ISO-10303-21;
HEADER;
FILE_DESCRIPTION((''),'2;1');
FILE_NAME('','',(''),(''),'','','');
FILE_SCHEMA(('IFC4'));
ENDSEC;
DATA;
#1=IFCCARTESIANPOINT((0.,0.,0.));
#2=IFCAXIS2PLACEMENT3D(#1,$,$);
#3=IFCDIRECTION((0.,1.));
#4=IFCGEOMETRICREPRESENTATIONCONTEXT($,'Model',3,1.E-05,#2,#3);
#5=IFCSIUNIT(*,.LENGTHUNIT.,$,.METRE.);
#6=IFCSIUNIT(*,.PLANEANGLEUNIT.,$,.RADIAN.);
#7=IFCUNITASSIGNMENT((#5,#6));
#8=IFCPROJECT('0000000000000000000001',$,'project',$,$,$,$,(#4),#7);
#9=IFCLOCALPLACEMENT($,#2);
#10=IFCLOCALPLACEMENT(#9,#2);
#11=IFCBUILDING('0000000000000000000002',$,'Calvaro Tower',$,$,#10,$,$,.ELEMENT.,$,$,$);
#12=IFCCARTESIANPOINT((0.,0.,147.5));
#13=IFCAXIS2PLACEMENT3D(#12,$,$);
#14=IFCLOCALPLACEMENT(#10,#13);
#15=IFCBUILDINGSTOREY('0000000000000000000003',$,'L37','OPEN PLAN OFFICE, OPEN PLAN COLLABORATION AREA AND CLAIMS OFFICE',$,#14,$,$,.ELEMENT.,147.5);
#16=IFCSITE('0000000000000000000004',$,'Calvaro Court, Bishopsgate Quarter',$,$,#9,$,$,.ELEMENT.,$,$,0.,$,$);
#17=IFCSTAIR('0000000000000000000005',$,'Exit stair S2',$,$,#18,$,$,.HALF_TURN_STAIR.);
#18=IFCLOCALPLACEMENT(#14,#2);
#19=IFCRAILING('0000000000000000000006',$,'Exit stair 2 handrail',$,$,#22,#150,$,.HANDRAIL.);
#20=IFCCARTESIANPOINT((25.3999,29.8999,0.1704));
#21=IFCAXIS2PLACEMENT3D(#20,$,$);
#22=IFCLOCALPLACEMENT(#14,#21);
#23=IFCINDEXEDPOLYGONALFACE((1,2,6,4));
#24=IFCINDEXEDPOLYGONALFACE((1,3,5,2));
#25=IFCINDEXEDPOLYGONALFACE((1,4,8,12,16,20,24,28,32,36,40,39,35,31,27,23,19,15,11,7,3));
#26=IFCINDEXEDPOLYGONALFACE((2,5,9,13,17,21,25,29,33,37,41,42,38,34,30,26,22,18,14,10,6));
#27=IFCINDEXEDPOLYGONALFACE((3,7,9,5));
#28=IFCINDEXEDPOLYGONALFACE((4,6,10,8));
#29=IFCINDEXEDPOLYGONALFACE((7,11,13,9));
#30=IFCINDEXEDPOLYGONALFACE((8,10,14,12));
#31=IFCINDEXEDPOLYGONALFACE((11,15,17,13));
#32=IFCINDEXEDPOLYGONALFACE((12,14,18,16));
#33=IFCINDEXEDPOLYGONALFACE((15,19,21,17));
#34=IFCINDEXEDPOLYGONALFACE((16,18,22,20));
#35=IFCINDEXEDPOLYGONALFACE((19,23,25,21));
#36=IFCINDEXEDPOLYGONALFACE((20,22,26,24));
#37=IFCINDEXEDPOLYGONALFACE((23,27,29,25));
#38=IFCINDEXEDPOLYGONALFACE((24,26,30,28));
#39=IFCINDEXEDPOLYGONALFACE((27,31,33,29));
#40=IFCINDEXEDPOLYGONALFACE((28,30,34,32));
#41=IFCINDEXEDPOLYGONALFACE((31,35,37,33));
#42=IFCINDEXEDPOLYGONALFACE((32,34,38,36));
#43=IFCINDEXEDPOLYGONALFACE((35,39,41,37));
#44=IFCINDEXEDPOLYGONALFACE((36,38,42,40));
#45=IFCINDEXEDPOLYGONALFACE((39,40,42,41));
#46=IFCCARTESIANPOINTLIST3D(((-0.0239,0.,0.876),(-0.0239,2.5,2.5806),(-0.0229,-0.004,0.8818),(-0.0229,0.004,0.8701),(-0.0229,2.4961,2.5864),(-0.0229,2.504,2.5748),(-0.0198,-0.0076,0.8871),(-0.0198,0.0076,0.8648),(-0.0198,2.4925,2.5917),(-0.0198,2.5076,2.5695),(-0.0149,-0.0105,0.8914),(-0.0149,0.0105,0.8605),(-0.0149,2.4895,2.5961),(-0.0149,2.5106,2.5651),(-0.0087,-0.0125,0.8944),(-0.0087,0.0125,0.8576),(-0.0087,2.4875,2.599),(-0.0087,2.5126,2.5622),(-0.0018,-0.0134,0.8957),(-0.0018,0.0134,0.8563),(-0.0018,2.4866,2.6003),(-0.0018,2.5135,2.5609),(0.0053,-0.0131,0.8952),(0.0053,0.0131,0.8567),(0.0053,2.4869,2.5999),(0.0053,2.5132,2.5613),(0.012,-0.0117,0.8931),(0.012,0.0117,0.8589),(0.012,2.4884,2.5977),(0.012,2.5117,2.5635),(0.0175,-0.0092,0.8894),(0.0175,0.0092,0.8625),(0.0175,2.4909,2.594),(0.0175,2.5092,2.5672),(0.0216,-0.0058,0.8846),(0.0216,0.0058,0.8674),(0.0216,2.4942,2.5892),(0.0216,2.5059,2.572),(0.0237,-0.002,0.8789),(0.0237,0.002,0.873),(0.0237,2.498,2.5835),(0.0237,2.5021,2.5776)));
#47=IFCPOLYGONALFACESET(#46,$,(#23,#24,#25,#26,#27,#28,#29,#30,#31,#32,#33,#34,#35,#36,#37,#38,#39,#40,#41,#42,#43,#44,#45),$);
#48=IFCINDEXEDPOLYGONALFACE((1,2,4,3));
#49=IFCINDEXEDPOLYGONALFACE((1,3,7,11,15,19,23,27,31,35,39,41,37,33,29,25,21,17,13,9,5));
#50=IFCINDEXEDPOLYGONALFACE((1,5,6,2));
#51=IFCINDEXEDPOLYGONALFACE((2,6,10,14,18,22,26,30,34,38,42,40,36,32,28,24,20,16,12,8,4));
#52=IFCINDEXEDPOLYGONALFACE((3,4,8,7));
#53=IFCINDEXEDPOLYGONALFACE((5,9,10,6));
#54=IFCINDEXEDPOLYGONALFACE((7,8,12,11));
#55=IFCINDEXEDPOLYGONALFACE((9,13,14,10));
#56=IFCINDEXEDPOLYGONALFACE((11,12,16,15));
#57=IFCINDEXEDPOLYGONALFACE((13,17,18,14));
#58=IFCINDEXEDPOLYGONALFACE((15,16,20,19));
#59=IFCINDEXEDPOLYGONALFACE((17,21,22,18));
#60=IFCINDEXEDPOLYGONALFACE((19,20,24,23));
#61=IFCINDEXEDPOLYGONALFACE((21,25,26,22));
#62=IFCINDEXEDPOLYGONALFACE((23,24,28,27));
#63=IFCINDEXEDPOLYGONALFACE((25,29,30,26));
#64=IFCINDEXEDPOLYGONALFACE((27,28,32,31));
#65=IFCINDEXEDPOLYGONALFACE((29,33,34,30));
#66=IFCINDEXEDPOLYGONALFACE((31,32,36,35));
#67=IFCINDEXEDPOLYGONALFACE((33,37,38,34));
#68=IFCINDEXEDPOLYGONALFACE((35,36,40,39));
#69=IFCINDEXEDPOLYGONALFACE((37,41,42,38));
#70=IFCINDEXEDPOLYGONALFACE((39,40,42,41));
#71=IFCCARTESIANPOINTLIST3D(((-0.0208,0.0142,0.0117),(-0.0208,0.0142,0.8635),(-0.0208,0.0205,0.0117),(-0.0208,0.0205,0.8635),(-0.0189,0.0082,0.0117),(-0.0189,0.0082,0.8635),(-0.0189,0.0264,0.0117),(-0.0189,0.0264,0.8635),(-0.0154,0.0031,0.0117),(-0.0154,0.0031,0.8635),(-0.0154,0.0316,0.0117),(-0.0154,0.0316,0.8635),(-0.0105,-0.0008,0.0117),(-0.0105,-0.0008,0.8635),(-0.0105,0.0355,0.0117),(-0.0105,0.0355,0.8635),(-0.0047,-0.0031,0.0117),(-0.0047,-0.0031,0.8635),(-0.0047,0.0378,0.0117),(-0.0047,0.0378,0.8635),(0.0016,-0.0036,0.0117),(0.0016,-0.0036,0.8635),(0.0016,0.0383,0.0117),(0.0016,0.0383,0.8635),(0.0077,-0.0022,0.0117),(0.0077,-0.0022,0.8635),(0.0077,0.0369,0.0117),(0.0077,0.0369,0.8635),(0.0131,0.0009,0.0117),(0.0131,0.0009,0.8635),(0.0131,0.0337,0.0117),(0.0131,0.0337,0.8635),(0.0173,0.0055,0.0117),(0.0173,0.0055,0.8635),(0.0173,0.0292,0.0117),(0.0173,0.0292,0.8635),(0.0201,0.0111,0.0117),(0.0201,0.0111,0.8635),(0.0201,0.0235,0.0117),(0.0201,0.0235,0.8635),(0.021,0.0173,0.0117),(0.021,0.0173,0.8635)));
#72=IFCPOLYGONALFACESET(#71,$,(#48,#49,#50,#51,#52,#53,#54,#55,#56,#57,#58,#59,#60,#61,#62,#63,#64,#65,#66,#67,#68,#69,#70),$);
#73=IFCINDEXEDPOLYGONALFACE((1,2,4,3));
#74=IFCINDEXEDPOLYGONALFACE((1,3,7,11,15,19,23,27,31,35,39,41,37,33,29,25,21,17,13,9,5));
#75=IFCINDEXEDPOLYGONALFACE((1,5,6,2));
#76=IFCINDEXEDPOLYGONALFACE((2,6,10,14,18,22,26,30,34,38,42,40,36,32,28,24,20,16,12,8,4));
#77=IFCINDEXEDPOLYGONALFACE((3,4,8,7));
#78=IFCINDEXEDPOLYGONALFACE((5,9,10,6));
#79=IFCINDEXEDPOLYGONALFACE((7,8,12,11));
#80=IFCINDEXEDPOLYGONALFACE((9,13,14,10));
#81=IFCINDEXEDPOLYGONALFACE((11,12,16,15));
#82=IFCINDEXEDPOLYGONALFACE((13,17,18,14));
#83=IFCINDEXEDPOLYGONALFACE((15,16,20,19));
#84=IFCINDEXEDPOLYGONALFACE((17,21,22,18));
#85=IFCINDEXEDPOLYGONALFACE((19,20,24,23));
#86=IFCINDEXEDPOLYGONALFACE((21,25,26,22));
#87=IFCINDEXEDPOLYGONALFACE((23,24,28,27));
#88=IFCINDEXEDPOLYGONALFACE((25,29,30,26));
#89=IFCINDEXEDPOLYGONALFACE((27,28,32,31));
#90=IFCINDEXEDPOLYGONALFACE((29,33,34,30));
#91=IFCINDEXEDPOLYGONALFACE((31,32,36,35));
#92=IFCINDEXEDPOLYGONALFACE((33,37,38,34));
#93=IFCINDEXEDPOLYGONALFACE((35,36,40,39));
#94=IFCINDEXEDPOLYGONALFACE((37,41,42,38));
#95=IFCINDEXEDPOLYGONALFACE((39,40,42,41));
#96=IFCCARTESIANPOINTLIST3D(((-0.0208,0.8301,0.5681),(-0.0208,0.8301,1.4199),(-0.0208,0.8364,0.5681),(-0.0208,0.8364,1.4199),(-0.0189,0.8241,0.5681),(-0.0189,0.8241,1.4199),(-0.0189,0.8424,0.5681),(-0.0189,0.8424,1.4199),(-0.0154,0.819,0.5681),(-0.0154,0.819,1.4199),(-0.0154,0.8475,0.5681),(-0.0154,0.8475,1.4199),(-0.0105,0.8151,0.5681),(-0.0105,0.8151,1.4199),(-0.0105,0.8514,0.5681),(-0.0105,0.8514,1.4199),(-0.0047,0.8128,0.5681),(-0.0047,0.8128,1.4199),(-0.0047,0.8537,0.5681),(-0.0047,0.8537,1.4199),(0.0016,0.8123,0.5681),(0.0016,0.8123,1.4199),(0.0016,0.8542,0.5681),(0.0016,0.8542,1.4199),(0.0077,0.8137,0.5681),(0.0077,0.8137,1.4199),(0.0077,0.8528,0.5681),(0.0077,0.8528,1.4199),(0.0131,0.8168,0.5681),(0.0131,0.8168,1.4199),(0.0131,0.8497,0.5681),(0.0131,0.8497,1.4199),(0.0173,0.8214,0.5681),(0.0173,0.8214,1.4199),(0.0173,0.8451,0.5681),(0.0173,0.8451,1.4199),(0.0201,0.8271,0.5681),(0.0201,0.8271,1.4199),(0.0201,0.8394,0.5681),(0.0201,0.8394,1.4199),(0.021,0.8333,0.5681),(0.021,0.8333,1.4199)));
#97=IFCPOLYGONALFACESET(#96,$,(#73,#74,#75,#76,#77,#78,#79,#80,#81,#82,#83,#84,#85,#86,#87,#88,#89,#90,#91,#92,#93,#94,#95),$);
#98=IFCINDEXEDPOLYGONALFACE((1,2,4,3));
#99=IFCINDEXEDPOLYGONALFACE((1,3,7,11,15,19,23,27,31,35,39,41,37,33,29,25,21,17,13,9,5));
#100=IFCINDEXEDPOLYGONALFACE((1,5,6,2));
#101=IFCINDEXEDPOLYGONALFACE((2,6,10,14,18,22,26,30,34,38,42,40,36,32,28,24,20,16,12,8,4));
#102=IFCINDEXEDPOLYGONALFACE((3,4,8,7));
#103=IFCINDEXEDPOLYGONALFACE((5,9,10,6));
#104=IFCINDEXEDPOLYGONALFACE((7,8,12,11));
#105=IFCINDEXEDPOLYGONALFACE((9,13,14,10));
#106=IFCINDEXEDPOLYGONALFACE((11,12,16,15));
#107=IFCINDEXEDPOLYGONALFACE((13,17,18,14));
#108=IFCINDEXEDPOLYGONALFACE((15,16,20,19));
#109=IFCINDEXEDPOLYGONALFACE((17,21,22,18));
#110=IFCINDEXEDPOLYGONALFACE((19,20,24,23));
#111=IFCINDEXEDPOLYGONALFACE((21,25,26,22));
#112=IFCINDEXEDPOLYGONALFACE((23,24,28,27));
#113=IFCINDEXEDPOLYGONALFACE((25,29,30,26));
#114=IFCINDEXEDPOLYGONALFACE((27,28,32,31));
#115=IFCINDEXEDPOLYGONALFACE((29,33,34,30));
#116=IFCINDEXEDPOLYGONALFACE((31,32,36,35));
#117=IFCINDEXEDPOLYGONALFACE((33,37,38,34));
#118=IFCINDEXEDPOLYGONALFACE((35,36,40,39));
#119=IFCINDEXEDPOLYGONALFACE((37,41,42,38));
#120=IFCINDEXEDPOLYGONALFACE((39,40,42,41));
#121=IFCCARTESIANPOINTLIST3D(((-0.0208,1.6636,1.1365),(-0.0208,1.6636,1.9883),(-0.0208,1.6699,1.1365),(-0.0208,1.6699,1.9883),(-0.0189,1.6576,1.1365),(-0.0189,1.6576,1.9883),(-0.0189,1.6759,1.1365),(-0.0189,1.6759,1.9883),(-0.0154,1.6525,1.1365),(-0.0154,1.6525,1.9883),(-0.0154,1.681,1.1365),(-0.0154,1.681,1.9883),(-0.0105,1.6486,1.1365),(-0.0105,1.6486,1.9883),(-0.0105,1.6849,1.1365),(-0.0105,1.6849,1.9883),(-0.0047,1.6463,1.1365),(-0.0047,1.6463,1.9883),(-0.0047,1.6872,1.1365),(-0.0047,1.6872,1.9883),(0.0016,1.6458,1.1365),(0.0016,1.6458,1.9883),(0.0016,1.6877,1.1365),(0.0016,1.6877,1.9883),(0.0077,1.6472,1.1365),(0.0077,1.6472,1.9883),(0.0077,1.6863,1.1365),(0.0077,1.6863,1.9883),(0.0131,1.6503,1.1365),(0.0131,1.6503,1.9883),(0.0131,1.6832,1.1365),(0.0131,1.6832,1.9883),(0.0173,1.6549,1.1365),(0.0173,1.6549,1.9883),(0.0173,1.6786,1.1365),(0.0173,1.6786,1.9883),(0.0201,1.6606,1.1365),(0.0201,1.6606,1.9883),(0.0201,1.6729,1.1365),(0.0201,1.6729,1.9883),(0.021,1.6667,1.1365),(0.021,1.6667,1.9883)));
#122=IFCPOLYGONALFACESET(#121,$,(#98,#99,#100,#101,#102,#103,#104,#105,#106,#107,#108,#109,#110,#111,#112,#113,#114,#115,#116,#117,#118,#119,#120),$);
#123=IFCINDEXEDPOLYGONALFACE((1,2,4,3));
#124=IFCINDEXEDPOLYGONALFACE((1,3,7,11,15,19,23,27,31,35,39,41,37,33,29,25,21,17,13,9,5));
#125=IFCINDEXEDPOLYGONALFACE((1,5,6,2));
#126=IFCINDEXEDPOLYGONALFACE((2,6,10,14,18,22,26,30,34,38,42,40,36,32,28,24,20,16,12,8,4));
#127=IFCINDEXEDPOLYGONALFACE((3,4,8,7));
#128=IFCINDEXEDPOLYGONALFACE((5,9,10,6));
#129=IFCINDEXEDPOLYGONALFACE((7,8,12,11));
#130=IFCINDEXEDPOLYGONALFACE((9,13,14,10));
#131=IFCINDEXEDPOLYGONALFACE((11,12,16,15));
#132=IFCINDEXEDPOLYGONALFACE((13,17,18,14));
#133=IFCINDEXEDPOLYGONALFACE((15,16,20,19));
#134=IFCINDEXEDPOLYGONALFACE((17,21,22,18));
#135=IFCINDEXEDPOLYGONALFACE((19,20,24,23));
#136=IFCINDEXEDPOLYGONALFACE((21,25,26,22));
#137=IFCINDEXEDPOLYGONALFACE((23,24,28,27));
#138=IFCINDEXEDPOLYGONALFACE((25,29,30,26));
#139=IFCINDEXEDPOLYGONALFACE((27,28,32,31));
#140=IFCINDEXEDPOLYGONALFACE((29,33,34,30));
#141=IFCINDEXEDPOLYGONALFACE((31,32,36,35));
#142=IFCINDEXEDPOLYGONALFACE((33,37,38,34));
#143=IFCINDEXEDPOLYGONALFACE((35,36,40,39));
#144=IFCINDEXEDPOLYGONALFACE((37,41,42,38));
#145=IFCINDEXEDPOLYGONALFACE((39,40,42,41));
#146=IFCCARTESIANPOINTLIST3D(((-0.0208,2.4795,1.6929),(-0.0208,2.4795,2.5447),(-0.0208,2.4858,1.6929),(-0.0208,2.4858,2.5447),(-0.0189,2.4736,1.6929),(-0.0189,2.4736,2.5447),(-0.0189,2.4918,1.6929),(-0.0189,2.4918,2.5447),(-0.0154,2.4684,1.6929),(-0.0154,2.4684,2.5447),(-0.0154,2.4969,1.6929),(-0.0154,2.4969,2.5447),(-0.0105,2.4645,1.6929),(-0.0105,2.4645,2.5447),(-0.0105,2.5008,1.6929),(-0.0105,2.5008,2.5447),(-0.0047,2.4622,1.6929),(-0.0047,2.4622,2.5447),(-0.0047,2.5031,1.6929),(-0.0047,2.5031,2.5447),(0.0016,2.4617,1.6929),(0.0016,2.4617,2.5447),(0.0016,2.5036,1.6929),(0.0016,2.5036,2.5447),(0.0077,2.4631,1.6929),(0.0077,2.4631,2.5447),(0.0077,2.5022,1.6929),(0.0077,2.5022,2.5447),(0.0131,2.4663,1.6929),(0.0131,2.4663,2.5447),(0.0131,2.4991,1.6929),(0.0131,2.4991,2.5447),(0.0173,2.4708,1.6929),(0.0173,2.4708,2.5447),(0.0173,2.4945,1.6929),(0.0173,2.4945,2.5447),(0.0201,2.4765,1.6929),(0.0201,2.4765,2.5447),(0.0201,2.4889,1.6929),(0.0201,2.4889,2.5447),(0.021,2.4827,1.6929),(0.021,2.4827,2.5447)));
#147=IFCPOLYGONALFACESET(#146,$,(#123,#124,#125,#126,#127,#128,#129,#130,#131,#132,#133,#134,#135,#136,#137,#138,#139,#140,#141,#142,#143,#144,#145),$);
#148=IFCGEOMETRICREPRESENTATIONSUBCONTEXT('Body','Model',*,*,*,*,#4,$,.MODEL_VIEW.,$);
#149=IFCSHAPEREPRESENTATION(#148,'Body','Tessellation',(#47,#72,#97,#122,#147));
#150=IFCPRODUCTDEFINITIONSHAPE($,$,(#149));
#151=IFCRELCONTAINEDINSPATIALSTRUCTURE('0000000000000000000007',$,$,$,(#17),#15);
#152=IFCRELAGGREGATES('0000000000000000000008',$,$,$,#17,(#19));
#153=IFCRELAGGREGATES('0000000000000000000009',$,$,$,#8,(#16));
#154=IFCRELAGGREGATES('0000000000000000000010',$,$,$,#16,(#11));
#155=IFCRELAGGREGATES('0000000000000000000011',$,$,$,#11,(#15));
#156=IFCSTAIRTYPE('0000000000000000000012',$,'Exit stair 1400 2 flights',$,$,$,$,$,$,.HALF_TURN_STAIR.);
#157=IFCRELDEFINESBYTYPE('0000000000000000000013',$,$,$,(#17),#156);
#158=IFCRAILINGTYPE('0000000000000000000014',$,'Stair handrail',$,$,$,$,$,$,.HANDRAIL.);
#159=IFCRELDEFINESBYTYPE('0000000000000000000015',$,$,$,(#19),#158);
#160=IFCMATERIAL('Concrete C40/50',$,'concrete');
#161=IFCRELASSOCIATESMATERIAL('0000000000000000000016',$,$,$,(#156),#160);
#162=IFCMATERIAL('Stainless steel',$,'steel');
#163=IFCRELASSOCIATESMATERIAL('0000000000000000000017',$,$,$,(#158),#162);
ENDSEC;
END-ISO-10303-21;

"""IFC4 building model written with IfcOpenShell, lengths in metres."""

from ifc_helpers import new_model, si_unit, direction, frame, origin, origin_2d, place, context, subcontext, project, spatial, circle, extrude, material, type_object, element, aggregate, save


model = new_model("IFC4")

# Units and contexts
model_context = context("Model", 3, precision=1e-05, world=origin(), true_north=direction((0.0, 1.0)))
body_context = subcontext(model_context, "Body", "Model", "MODEL_VIEW")
ifc_project = project(units=[si_unit("LENGTHUNIT", "METRE"), si_unit("PLANEANGLEUNIT", "RADIAN")], contexts=[model_context])

# Site, building, storey
site_placement = place(None, origin())
site = spatial("IfcSite", under=ifc_project, at=site_placement, Name="Calvaro Court, Bishopsgate Quarter", CompositionType="ELEMENT", RefElevation=0.0)
building_placement = place(site_placement, origin())
building = spatial("IfcBuilding", under=site, at=building_placement, Name="Calvaro Tower", CompositionType="ELEMENT")
storey_placement = place(building_placement, frame((0.0, 0.0, 147.5)))
storey = spatial("IfcBuildingStorey", under=building, at=storey_placement, Name="L37", Description="OPEN PLAN OFFICE, OPEN PLAN COLLABORATION AREA AND CLAIMS OFFICE", CompositionType="ELEMENT", Elevation=147.5)

# Stair, railing
ifc_material_1 = material(Name="Concrete C40/50", Category="concrete")
stair_type = type_object("IfcStairType", Name="Exit stair 1400 2 flights", PredefinedType="HALF_TURN_STAIR", material=ifc_material_1)
stair_placement = place(storey_placement, origin())
stair = element("IfcStair", 1, at=stair_placement, inside=storey, type_object=stair_type, Name="Exit stair S2", PredefinedType="HALF_TURN_STAIR")
ifc_material_2 = material(Name="Stainless steel", Category="steel")
railing_type = type_object("IfcRailingType", Name="Stair handrail", PredefinedType="HANDRAIL", material=ifc_material_2)
railing_1_placement = place(storey_placement, frame((25.3999, 29.8999, 0.1704)))
railing_1 = element("IfcRailing", 2, at=railing_1_placement, type_object=railing_type, Name="Exit stair 2 handrail", PredefinedType="HANDRAIL", context=body_context, shape_type="SweptSolid", body=[
    extrude(circle(Radius=0.0239, at=origin_2d()), frame((0.0, 0.0, 0.876), z_axis=(0.0, 0.826221, 0.563347), x_axis=(-1.0, 0.0, 0.0)), (0.0, 0.0, 1.0), 3.0259),
    extrude(circle(Radius=0.021, at=origin_2d()), frame((0.0, 0.0173, 0.0117)), (0.0, 0.0, 1.0), 0.8518),
    extrude(circle(Radius=0.021, at=origin_2d()), frame((0.0, 0.8333, 0.5681)), (0.0, 0.0, 1.0), 0.8518),
    extrude(circle(Radius=0.021, at=origin_2d()), frame((0.0, 1.6667, 1.1365)), (0.0, 0.0, 1.0), 0.8518),
    extrude(circle(Radius=0.021, at=origin_2d()), frame((0.0, 2.4827, 1.6929)), (0.0, 0.0, 1.0), 0.8518),
])
aggregate(stair, [railing_1])

save(model, "model.ifc")
